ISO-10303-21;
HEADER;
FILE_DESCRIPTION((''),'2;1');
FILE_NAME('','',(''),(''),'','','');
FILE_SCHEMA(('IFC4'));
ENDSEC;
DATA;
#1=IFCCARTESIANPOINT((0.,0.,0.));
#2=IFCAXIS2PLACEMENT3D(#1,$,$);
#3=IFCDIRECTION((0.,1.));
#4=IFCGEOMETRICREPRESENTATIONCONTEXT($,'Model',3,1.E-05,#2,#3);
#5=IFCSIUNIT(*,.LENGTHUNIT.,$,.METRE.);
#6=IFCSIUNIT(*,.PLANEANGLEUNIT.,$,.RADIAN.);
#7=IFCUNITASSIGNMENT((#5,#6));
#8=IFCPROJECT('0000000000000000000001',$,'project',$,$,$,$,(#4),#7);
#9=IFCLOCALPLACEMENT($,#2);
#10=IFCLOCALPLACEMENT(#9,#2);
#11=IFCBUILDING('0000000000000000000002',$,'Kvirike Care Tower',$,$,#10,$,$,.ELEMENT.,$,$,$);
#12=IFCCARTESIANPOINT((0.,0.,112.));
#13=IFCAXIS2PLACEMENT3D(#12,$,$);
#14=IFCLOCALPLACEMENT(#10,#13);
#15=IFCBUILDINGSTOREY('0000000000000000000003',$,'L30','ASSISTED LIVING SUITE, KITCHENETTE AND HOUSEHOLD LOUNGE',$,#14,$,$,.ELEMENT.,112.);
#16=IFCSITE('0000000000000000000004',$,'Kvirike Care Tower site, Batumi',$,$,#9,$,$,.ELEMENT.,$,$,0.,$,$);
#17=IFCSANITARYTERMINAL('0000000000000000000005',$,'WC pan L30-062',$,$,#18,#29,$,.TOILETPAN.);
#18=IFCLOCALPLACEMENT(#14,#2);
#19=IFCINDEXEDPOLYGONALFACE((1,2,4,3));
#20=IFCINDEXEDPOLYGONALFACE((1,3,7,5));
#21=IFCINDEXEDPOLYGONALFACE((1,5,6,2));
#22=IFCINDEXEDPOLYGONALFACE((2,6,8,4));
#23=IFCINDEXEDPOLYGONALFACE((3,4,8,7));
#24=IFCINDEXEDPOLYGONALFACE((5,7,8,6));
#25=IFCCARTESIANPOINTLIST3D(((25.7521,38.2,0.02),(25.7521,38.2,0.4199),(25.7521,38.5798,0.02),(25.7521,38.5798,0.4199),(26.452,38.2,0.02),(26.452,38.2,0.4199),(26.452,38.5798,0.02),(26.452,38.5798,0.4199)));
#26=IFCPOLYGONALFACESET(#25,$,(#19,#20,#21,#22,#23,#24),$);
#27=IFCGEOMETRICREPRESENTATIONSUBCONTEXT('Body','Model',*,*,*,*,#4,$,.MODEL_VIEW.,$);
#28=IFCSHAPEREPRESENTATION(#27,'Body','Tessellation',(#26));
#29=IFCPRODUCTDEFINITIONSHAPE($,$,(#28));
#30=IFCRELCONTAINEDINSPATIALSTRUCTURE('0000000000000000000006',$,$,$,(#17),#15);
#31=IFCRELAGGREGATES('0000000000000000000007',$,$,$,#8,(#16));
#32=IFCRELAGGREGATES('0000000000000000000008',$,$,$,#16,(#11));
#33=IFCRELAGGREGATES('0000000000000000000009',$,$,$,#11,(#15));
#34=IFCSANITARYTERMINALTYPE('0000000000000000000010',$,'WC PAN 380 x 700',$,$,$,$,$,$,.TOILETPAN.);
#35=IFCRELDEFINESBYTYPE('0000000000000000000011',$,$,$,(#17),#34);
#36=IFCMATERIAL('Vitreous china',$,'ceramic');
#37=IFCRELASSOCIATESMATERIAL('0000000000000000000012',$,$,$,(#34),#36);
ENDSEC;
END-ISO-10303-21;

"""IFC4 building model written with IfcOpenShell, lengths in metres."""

from ifc_helpers import new_model, si_unit, direction, frame, origin, origin_2d, place, context, subcontext, project, spatial, rectangle, extrude, material, type_object, element, save


model = new_model("IFC4")

# Units and contexts
model_context = context("Model", 3, precision=1e-05, world=origin(), true_north=direction((0.0, 1.0)))
body_context = subcontext(model_context, "Body", "Model", "MODEL_VIEW")
ifc_project = project(units=[si_unit("LENGTHUNIT", "METRE"), si_unit("PLANEANGLEUNIT", "RADIAN")], contexts=[model_context])

# Site, building, storey
site_placement = place(None, origin())
site = spatial("IfcSite", under=ifc_project, at=site_placement, Name="Kvirike Care Tower site, Batumi", CompositionType="ELEMENT", RefElevation=0.0)
building_placement = place(site_placement, origin())
building = spatial("IfcBuilding", under=site, at=building_placement, Name="Kvirike Care Tower", CompositionType="ELEMENT")
storey_placement = place(building_placement, frame((0.0, 0.0, 112.0)))
storey = spatial("IfcBuildingStorey", under=building, at=storey_placement, Name="L30", Description="ASSISTED LIVING SUITE, KITCHENETTE AND HOUSEHOLD LOUNGE", CompositionType="ELEMENT", Elevation=112.0)

# Sanitary terminal
ifc_material_1 = material(Name="Vitreous china", Category="ceramic")
sanitary_terminal_type_1 = type_object("IfcSanitaryTerminalType", Name="WC PAN 380 x 700", PredefinedType="TOILETPAN", material=ifc_material_1)
sanitary_terminal_1_placement = place(storey_placement, frame((26.1021, 38.3899, 0.02), z_axis=(0.0, 0.0, 1.0), x_axis=(0.0, 1.0, 0.0)))
element("IfcSanitaryTerminal", 1, at=sanitary_terminal_1_placement, inside=storey, type_object=sanitary_terminal_type_1, Name="WC pan L30-062", PredefinedType="TOILETPAN", context=body_context, shape_type="SweptSolid", body=[
    extrude(rectangle(XDim=0.3799, YDim=0.7, at=origin_2d()), origin(), (0.0, 0.0, 1.0), 0.3999),
])

save(model, "model.ifc")
